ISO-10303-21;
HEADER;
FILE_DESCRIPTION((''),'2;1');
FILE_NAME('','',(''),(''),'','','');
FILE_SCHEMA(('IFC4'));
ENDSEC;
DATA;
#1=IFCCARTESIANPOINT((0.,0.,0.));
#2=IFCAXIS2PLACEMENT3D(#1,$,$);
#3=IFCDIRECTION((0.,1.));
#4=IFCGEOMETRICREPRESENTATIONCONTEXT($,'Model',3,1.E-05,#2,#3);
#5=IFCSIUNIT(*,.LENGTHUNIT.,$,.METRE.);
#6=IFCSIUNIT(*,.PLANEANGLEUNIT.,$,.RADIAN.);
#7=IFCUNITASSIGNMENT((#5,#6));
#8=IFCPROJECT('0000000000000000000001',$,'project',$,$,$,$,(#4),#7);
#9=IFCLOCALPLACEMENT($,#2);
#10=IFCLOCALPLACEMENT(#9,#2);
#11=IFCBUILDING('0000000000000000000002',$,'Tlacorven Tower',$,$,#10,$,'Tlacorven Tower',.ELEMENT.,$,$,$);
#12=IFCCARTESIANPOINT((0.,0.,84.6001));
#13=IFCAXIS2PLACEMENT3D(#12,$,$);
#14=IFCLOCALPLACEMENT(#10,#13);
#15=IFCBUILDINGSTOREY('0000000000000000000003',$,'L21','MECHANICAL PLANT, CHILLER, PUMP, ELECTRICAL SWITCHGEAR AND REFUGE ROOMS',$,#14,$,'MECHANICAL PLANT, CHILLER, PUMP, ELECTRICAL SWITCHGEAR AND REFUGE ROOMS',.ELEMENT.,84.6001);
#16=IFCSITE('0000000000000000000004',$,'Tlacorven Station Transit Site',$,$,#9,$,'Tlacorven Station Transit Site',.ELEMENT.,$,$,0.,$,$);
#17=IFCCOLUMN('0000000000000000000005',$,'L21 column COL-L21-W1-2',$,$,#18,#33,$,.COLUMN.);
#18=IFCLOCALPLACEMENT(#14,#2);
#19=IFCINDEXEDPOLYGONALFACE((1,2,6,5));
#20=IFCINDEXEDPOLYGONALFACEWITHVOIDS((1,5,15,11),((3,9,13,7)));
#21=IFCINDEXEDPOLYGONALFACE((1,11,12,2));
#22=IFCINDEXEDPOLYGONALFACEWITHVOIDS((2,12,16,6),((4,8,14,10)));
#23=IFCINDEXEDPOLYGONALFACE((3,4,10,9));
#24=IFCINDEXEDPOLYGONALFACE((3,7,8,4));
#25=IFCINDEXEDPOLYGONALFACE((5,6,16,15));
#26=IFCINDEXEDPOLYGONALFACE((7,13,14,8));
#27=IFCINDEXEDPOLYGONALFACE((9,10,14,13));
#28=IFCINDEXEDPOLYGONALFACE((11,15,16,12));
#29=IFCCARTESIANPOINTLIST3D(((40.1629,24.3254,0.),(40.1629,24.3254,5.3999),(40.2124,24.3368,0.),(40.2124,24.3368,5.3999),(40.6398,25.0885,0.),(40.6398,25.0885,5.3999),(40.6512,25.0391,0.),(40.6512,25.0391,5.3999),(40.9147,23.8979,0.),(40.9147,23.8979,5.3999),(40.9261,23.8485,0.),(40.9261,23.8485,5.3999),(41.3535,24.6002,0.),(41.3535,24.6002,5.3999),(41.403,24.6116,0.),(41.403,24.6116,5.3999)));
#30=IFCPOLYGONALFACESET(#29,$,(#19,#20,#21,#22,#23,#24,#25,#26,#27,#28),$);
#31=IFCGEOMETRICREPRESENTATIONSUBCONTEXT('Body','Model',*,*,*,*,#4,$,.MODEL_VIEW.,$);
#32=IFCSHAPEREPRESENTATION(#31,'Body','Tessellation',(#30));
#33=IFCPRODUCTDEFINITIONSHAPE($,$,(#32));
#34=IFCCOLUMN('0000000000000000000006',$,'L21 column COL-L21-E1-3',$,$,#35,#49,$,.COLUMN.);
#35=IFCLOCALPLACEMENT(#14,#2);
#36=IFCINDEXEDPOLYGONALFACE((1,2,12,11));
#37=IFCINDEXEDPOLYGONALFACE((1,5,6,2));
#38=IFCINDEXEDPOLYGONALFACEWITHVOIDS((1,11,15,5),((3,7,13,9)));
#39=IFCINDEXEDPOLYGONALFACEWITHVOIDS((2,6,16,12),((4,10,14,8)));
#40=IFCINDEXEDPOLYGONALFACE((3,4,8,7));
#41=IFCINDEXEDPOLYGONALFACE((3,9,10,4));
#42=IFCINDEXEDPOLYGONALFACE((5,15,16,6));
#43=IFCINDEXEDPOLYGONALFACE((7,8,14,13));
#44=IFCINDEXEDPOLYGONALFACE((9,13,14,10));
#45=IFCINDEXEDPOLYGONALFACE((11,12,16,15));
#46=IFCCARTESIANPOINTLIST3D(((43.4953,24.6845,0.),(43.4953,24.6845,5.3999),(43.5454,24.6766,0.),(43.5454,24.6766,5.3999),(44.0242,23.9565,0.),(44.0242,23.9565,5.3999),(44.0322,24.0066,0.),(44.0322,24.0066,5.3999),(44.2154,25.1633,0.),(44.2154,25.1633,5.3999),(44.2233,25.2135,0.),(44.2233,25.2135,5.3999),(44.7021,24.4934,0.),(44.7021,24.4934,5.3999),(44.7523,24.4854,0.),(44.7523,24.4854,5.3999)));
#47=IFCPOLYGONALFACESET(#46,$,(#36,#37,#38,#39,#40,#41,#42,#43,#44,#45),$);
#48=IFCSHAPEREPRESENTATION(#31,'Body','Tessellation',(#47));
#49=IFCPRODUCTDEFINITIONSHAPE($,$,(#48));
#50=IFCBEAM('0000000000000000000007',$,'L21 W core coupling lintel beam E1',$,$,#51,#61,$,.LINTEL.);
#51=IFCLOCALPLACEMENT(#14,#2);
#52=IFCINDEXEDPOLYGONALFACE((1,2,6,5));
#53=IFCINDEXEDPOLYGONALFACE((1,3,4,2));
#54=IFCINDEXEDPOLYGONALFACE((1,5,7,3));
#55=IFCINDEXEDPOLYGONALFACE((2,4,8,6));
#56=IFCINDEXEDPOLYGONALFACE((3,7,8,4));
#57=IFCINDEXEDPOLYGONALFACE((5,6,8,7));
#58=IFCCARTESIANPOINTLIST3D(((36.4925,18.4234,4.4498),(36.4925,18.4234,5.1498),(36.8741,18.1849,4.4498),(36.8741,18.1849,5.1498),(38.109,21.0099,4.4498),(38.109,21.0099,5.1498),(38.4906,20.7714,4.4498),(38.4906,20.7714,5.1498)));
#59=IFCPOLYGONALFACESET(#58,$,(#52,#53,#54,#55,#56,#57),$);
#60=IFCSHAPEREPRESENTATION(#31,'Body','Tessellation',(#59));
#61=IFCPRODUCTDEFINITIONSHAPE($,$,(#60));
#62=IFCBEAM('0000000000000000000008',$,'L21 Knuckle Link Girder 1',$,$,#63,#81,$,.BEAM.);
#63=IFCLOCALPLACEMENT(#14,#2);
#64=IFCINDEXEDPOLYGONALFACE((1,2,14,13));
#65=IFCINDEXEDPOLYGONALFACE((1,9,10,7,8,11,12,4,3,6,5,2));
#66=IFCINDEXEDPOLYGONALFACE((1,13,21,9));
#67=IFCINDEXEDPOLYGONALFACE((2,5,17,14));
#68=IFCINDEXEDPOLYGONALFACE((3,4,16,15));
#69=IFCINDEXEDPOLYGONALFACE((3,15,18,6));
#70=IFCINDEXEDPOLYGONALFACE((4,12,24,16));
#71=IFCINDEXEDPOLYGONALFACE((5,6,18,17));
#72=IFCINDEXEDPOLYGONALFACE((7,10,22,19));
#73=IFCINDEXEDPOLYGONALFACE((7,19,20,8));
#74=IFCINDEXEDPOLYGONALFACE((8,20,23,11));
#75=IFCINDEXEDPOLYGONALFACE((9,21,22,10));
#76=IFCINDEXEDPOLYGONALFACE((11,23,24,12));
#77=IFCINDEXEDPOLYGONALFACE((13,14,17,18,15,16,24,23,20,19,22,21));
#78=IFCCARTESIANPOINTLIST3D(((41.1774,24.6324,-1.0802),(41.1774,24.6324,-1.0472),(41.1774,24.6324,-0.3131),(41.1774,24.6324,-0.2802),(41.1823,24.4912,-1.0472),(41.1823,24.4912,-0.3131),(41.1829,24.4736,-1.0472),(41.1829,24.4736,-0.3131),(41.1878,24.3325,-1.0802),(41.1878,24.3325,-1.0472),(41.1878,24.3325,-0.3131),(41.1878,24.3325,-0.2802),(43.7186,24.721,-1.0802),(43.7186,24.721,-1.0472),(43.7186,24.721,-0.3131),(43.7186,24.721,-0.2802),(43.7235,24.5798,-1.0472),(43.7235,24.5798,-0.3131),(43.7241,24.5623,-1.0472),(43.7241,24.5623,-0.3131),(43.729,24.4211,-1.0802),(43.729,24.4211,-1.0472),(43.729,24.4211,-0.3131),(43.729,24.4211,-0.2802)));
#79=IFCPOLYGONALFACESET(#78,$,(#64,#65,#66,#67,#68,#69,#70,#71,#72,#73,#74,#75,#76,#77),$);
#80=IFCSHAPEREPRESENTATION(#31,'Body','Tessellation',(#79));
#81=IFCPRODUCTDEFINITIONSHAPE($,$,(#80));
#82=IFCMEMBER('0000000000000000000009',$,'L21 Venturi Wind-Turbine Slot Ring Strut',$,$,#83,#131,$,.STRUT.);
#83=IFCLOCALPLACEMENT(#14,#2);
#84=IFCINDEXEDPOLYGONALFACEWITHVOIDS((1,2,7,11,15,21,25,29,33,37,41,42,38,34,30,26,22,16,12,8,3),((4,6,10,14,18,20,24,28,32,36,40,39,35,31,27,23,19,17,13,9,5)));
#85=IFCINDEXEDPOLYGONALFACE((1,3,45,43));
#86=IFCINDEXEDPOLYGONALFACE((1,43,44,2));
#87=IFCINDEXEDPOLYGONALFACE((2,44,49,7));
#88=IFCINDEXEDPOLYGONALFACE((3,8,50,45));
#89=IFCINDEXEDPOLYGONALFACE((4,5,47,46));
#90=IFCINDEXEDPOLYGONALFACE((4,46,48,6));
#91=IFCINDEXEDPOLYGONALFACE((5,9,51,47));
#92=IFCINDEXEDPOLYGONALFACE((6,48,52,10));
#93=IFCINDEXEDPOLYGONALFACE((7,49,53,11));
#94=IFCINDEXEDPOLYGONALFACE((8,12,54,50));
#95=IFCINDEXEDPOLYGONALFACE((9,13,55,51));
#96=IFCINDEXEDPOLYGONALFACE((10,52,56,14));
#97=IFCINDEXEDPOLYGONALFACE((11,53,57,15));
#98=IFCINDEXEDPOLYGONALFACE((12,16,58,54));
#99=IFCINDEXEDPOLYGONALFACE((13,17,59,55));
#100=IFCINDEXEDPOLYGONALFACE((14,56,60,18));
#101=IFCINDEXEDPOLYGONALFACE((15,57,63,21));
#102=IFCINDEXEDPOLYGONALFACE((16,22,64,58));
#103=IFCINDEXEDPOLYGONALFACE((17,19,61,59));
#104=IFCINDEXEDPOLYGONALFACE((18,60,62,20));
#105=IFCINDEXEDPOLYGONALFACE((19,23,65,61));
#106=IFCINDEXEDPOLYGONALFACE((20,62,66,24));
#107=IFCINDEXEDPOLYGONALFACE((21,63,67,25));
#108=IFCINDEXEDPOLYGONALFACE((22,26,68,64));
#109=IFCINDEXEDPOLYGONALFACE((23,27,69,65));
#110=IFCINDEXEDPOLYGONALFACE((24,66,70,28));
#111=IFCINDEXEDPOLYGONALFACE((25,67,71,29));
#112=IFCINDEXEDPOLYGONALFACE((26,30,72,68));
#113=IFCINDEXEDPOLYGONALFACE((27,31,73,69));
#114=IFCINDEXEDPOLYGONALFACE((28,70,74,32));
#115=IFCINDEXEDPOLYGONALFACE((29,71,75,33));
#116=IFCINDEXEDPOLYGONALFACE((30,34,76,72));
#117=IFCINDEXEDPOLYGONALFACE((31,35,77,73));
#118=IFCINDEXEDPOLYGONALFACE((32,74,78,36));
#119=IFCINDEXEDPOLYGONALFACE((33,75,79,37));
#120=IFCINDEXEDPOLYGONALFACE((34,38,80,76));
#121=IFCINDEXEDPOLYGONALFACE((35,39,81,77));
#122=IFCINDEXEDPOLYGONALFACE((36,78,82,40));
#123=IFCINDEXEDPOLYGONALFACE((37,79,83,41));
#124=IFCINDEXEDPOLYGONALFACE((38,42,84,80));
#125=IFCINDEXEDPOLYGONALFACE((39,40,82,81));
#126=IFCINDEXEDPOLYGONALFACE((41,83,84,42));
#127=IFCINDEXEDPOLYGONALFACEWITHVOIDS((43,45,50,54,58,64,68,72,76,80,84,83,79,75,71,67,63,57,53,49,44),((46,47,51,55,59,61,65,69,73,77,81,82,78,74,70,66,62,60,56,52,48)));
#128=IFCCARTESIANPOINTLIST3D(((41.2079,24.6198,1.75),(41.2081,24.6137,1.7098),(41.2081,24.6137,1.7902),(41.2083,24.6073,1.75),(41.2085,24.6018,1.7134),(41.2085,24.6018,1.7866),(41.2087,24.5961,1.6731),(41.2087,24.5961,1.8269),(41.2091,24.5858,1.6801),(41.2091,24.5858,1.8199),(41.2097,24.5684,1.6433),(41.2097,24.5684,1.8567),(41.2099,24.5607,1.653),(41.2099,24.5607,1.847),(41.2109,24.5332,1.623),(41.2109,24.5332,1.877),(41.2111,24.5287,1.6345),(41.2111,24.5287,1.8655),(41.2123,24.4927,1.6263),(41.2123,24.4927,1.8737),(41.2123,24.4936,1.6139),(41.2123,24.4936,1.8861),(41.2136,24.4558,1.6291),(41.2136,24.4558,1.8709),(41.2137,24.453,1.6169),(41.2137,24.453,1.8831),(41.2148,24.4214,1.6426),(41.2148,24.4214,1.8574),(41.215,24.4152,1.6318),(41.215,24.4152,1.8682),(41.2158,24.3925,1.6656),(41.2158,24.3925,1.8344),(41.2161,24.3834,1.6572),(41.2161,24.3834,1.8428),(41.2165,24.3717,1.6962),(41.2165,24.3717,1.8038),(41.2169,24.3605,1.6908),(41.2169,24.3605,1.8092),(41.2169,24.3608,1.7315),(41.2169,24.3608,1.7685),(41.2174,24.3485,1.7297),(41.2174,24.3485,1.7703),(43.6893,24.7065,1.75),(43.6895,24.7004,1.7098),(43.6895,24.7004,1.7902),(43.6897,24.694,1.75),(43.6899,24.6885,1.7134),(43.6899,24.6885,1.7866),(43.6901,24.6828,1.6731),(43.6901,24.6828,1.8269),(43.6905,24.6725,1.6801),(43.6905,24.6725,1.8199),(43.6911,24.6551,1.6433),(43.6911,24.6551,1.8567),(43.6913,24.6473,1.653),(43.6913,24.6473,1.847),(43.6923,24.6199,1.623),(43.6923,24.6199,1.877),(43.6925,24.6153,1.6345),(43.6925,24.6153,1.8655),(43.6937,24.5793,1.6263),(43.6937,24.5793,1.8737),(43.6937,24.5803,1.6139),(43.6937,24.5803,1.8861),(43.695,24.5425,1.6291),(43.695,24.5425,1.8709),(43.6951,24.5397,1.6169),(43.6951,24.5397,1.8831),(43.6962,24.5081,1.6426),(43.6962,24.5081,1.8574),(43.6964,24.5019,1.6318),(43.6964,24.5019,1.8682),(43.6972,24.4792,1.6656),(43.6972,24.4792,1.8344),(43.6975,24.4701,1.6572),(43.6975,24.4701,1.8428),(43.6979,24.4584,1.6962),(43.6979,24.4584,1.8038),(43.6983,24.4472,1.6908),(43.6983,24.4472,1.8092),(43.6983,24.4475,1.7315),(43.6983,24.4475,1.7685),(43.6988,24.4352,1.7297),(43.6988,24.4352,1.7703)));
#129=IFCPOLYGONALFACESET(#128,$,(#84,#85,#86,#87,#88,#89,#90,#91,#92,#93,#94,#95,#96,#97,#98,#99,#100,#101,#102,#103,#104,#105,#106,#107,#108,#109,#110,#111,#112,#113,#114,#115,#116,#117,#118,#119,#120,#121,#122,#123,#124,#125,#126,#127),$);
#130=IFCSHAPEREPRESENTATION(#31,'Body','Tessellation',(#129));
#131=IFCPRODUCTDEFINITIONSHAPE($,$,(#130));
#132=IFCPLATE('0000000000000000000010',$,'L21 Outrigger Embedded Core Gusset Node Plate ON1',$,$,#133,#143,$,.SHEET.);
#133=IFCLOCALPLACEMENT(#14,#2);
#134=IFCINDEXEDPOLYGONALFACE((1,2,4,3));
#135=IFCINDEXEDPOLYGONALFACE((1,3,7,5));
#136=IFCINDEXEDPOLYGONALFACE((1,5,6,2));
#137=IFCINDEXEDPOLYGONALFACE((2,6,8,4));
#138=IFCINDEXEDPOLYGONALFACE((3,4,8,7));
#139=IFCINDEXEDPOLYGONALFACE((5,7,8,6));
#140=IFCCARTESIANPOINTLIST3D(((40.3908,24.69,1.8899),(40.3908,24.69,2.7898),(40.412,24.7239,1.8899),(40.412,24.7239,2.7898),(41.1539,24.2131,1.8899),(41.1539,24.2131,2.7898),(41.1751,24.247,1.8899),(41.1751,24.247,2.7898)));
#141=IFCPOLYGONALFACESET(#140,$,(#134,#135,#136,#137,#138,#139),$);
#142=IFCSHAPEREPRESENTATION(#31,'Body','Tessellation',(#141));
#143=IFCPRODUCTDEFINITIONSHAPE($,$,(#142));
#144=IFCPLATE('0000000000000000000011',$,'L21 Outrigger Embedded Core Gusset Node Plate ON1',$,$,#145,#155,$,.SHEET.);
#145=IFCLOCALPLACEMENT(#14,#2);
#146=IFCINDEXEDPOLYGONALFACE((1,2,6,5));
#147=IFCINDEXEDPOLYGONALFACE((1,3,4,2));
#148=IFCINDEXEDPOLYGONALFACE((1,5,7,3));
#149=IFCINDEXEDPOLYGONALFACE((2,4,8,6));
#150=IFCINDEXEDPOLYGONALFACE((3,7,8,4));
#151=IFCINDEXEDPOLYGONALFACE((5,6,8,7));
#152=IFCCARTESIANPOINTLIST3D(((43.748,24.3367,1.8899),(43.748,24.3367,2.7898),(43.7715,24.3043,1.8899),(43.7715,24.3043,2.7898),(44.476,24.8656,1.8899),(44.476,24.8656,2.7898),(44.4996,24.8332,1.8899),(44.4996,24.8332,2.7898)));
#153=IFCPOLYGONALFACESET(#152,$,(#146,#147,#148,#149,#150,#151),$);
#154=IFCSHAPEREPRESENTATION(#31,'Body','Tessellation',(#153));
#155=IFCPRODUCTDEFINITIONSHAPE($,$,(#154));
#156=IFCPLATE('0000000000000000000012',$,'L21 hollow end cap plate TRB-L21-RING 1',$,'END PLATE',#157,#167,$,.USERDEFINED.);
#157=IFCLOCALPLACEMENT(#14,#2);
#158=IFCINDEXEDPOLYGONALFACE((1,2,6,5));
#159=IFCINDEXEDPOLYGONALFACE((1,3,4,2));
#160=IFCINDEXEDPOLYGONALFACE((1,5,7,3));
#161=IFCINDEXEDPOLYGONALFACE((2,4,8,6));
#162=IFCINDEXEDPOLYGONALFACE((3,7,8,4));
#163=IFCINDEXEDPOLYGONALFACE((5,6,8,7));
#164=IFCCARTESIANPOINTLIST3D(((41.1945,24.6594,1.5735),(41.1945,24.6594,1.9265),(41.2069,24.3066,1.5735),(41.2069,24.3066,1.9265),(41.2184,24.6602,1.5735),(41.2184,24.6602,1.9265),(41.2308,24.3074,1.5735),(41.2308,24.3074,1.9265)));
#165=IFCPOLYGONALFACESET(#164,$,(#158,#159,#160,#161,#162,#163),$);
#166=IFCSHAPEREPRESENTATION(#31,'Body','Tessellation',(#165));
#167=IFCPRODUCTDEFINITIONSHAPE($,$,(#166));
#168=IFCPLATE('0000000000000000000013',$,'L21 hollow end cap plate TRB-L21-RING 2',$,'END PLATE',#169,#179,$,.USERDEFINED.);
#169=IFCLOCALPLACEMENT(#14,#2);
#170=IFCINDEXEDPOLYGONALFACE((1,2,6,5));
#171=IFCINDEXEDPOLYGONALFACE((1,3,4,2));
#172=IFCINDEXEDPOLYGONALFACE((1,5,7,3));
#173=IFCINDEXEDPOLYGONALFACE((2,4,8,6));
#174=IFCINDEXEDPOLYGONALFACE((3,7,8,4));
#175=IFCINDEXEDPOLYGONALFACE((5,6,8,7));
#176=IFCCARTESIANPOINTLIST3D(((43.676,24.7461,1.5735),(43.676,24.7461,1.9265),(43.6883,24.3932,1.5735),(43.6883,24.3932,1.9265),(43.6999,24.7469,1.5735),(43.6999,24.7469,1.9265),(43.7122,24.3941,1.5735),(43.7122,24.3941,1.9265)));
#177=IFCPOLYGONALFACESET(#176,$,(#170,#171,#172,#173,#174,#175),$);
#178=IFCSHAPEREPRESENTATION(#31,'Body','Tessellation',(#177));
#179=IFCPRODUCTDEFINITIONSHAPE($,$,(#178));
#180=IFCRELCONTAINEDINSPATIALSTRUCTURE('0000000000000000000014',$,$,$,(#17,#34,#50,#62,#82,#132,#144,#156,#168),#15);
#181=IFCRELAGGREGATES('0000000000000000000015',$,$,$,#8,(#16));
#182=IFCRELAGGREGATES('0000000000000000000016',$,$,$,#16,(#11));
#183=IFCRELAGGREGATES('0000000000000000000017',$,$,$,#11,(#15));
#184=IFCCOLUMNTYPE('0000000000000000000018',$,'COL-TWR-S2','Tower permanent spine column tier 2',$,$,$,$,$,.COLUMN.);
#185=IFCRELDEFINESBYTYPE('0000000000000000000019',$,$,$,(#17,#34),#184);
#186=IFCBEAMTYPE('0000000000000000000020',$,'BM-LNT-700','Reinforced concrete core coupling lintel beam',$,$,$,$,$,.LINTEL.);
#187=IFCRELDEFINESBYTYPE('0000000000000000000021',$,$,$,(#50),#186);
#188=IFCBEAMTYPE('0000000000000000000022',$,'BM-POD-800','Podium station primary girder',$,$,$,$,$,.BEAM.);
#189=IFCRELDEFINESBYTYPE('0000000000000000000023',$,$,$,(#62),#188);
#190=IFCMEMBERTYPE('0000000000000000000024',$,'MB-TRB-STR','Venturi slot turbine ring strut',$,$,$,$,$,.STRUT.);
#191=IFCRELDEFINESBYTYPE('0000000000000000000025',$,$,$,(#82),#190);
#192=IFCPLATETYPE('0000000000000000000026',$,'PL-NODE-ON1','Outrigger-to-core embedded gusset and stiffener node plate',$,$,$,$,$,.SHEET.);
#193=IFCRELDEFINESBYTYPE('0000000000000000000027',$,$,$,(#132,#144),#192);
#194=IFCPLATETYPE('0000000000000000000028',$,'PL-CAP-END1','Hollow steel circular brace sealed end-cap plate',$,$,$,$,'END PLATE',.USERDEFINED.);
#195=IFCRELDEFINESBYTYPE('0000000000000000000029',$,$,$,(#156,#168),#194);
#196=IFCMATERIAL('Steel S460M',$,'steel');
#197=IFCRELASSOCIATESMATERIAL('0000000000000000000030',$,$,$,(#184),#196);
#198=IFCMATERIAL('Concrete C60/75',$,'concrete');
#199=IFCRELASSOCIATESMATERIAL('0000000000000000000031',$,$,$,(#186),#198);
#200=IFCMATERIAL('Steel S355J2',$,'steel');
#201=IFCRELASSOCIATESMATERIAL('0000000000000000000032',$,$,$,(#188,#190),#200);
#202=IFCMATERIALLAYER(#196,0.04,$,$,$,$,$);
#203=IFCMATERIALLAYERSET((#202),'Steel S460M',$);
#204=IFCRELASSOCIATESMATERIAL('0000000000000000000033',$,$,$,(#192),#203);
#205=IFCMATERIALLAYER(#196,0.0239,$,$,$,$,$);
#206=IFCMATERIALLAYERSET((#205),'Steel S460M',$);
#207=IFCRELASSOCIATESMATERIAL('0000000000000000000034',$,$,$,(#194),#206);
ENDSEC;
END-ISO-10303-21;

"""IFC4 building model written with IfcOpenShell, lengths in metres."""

from ifc_helpers import new_model, si_unit, direction, frame, origin, origin_2d, place, context, subcontext, project, spatial, rectangle, hollow_rectangle, hollow_circle, i_section, extrude, source, transform, mapped, material, layer, layer_set, material_profile, profile_set, type_object, element, save


model = new_model("IFC4")

# Units and contexts
model_context = context("Model", 3, precision=1e-05, world=origin(), true_north=direction((0.0, 1.0)))
body_context = subcontext(model_context, "Body", "Model", "MODEL_VIEW")
ifc_project = project(units=[si_unit("LENGTHUNIT", "METRE"), si_unit("PLANEANGLEUNIT", "RADIAN")], contexts=[model_context])

# Site, building, storey
site_placement = place(None, origin())
site = spatial("IfcSite", under=ifc_project, at=site_placement, Name="Tlacorven Station Transit Site", LongName="Tlacorven Station Transit Site", CompositionType="ELEMENT", RefElevation=0.0)
building_placement = place(site_placement, origin())
building = spatial("IfcBuilding", under=site, at=building_placement, Name="Tlacorven Tower", LongName="Tlacorven Tower", CompositionType="ELEMENT")
storey_placement = place(building_placement, frame((0.0, 0.0, 84.6001)))
storey = spatial("IfcBuildingStorey", under=building, at=storey_placement, Name="L21", Description="MECHANICAL PLANT, CHILLER, PUMP, ELECTRICAL SWITCHGEAR AND REFUGE ROOMS", LongName="MECHANICAL PLANT, CHILLER, PUMP, ELECTRICAL SWITCHGEAR AND REFUGE ROOMS", CompositionType="ELEMENT", Elevation=84.6001)

# Columns
ifc_material_1 = material(Name="Steel S460M", Category="steel")
ifc_material_profile_1 = material_profile(ifc_material_1, hollow_rectangle(XDim=0.8999, YDim=0.8999, WallThickness=0.0359, at=origin_2d()), Name="BOX 900X900X36")
ifc_profile_set_1 = profile_set([ifc_material_profile_1], Name="Steel S460M")
column_type = type_object("IfcColumnType", Name="COL-TWR-S2", Description="Tower permanent spine column tier 2", PredefinedType="COLUMN", material=ifc_profile_set_1)
shared_shape_1 = source(origin(), body_context, "Body", "SweptSolid", [
    extrude(hollow_rectangle(XDim=0.8999, YDim=0.8999, WallThickness=0.0359, at=origin_2d()), origin(), (0.0, 0.0, 1.0), 5.3999),
])
for number, where, z_axis, x_axis, name in (
    (1, (40.783, 24.4685, 0.0), (0.0, 0.0, 1.0), (-0.848048, 0.529919, 0.0), "L21 column COL-L21-W1-2"),
    (2, (44.1238, 24.585, 0.0), (0.0, 0.0, 1.0), (0.809017, 0.587785, 0.0), "L21 column COL-L21-E1-3"),
):
    element("IfcColumn", number, at=place(storey_placement, frame(where, z_axis=z_axis, x_axis=x_axis)), inside=storey, type_object=column_type, Name=name, PredefinedType="COLUMN", context=body_context, shape_type="MappedRepresentation", body=[
        mapped(shared_shape_1, transform((0.0, 0.0, 0.0), scale=1.0)),
    ])

# Beams
ifc_material_2 = material(Name="Concrete C60/75", Category="concrete")
ifc_material_profile_2 = material_profile(ifc_material_2, rectangle(XDim=0.45, YDim=0.7, at=origin_2d()), Name="RC 450X700")
ifc_profile_set_2 = profile_set([ifc_material_profile_2], Name="Concrete C60/75")
beam_type_1 = type_object("IfcBeamType", Name="BM-LNT-700", Description="Reinforced concrete core coupling lintel beam", PredefinedType="LINTEL", material=ifc_profile_set_2)
shared_shape_2 = source(origin(), body_context, "Body", "SweptSolid", [
    extrude(rectangle(XDim=0.45, YDim=0.7, at=origin_2d()), origin(), (0.0, 0.0, 1.0), 3.05),
])
beam_1_placement = place(storey_placement, frame((38.2998, 20.8906, 4.7998), z_axis=(-0.529985, -0.848007, 0.0), x_axis=(0.848007, -0.529985, 0.0)))
element("IfcBeam", 3, at=beam_1_placement, inside=storey, type_object=beam_type_1, Name="L21 W core coupling lintel beam E1", PredefinedType="LINTEL", context=body_context, shape_type="MappedRepresentation", body=[
    mapped(shared_shape_2, transform((0.0, 0.0, 0.0), scale=1.0)),
])
ifc_material_3 = material(Name="Steel S355J2", Category="steel")
ifc_material_profile_3 = material_profile(ifc_material_3, i_section(OverallWidth=0.3, OverallDepth=0.8, WebThickness=0.0176, FlangeThickness=0.033, at=origin_2d()), Name="HEB 800")
ifc_profile_set_3 = profile_set([ifc_material_profile_3], Name="Steel S355J2")
beam_type_2 = type_object("IfcBeamType", Name="BM-POD-800", Description="Podium station primary girder", PredefinedType="BEAM", material=ifc_profile_set_3)
shared_shape_3 = source(origin(), body_context, "Body", "SweptSolid", [
    extrude(i_section(OverallWidth=0.3, OverallDepth=0.8, WebThickness=0.0176, FlangeThickness=0.033, at=origin_2d()), origin(), (0.0, 0.0, 1.0), 2.5427),
])
beam_2_placement = place(storey_placement, frame((41.1826, 24.4824, -0.6802), z_axis=(0.999392, 0.034852, 0.0), x_axis=(-0.034852, 0.999392, 0.0)))
element("IfcBeam", 4, at=beam_2_placement, inside=storey, type_object=beam_type_2, Name="L21 Knuckle Link Girder 1", PredefinedType="BEAM", context=body_context, shape_type="MappedRepresentation", body=[
    mapped(shared_shape_3, transform((0.0, 0.0, 0.0), scale=1.0)),
])

# Member
ifc_material_profile_4 = material_profile(ifc_material_3, hollow_circle(Radius=0.1365, WallThickness=0.0125, at=origin_2d()), Name="CHS 273.0X12.5")
ifc_profile_set_4 = profile_set([ifc_material_profile_4], Name="Steel S355J2")
member_type = type_object("IfcMemberType", Name="MB-TRB-STR", Description="Venturi slot turbine ring strut", PredefinedType="STRUT", material=ifc_profile_set_4)
shared_shape_4 = source(origin(), body_context, "Body", "SweptSolid", [
    extrude(hollow_circle(Radius=0.1365, WallThickness=0.0125, at=origin_2d()), origin(), (0.0, 0.0, 1.0), 2.4829),
])
member_placement = place(storey_placement, frame((41.2126, 24.4834, 1.75), z_axis=(0.999391, 0.034906, 0.0), x_axis=(-0.034906, 0.999391, 0.0)))
element("IfcMember", 5, at=member_placement, inside=storey, type_object=member_type, Name="L21 Venturi Wind-Turbine Slot Ring Strut", PredefinedType="STRUT", context=body_context, shape_type="MappedRepresentation", body=[
    mapped(shared_shape_4, transform((0.0, 0.0, 0.0), scale=1.0)),
])

# Plates
ifc_layer_1 = layer(ifc_material_1, 0.04)
ifc_layer_set_1 = layer_set([ifc_layer_1], Name="Steel S460M")
plate_type_1 = type_object("IfcPlateType", Name="PL-NODE-ON1", Description="Outrigger-to-core embedded gusset and stiffener node plate", PredefinedType="SHEET", material=ifc_layer_set_1)
shared_shape_5 = source(origin(), body_context, "Body", "SweptSolid", [
    extrude(rectangle(XDim=0.8999, YDim=0.04, at=origin_2d()), origin(), (0.0, 0.0, 1.0), 0.8999),
])
for number, where, z_axis, x_axis, name in (
    (6, (40.783, 24.4685, 1.8899), (0.0, 0.0, 1.0), (-0.848048, 0.529919, 0.0), "L21 Outrigger Embedded Core Gusset Node Plate ON1"),
    (7, (44.1238, 24.585, 1.8899), (0.0, 0.0, 1.0), (0.809017, 0.587785, 0.0), "L21 Outrigger Embedded Core Gusset Node Plate ON1"),
):
    element("IfcPlate", number, at=place(storey_placement, frame(where, z_axis=z_axis, x_axis=x_axis)), inside=storey, type_object=plate_type_1, Name=name, PredefinedType="SHEET", context=body_context, shape_type="MappedRepresentation", body=[
        mapped(shared_shape_5, transform((0.0, 0.0, 0.0), scale=1.0)),
    ])
ifc_layer_2 = layer(ifc_material_1, 0.0239)
ifc_layer_set_2 = layer_set([ifc_layer_2], Name="Steel S460M")
plate_type_2 = type_object("IfcPlateType", Name="PL-CAP-END1", Description="Hollow steel circular brace sealed end-cap plate", ElementType="END PLATE", PredefinedType="USERDEFINED", material=ifc_layer_set_2)
shared_shape_6 = source(origin(), body_context, "Body", "SweptSolid", [
    extrude(rectangle(XDim=0.0239, YDim=0.353, at=origin_2d()), origin(), (0.0, 0.0, 1.0), 0.353),
])
for number, where, z_axis, x_axis, name in (
    (8, (41.2126, 24.4834, 1.5735), (0.0, 0.0, 1.0), (0.999391, 0.034899, 0.0), "L21 hollow end cap plate TRB-L21-RING 1"),
    (9, (43.6941, 24.5701, 1.5735), (0.0, 0.0, 1.0), (0.999391, 0.034899, 0.0), "L21 hollow end cap plate TRB-L21-RING 2"),
):
    element("IfcPlate", number, at=place(storey_placement, frame(where, z_axis=z_axis, x_axis=x_axis)), inside=storey, type_object=plate_type_2, Name=name, ObjectType="END PLATE", PredefinedType="USERDEFINED", context=body_context, shape_type="MappedRepresentation", body=[
        mapped(shared_shape_6, transform((0.0, 0.0, 0.0), scale=1.0)),
    ])

save(model, "model.ifc")
